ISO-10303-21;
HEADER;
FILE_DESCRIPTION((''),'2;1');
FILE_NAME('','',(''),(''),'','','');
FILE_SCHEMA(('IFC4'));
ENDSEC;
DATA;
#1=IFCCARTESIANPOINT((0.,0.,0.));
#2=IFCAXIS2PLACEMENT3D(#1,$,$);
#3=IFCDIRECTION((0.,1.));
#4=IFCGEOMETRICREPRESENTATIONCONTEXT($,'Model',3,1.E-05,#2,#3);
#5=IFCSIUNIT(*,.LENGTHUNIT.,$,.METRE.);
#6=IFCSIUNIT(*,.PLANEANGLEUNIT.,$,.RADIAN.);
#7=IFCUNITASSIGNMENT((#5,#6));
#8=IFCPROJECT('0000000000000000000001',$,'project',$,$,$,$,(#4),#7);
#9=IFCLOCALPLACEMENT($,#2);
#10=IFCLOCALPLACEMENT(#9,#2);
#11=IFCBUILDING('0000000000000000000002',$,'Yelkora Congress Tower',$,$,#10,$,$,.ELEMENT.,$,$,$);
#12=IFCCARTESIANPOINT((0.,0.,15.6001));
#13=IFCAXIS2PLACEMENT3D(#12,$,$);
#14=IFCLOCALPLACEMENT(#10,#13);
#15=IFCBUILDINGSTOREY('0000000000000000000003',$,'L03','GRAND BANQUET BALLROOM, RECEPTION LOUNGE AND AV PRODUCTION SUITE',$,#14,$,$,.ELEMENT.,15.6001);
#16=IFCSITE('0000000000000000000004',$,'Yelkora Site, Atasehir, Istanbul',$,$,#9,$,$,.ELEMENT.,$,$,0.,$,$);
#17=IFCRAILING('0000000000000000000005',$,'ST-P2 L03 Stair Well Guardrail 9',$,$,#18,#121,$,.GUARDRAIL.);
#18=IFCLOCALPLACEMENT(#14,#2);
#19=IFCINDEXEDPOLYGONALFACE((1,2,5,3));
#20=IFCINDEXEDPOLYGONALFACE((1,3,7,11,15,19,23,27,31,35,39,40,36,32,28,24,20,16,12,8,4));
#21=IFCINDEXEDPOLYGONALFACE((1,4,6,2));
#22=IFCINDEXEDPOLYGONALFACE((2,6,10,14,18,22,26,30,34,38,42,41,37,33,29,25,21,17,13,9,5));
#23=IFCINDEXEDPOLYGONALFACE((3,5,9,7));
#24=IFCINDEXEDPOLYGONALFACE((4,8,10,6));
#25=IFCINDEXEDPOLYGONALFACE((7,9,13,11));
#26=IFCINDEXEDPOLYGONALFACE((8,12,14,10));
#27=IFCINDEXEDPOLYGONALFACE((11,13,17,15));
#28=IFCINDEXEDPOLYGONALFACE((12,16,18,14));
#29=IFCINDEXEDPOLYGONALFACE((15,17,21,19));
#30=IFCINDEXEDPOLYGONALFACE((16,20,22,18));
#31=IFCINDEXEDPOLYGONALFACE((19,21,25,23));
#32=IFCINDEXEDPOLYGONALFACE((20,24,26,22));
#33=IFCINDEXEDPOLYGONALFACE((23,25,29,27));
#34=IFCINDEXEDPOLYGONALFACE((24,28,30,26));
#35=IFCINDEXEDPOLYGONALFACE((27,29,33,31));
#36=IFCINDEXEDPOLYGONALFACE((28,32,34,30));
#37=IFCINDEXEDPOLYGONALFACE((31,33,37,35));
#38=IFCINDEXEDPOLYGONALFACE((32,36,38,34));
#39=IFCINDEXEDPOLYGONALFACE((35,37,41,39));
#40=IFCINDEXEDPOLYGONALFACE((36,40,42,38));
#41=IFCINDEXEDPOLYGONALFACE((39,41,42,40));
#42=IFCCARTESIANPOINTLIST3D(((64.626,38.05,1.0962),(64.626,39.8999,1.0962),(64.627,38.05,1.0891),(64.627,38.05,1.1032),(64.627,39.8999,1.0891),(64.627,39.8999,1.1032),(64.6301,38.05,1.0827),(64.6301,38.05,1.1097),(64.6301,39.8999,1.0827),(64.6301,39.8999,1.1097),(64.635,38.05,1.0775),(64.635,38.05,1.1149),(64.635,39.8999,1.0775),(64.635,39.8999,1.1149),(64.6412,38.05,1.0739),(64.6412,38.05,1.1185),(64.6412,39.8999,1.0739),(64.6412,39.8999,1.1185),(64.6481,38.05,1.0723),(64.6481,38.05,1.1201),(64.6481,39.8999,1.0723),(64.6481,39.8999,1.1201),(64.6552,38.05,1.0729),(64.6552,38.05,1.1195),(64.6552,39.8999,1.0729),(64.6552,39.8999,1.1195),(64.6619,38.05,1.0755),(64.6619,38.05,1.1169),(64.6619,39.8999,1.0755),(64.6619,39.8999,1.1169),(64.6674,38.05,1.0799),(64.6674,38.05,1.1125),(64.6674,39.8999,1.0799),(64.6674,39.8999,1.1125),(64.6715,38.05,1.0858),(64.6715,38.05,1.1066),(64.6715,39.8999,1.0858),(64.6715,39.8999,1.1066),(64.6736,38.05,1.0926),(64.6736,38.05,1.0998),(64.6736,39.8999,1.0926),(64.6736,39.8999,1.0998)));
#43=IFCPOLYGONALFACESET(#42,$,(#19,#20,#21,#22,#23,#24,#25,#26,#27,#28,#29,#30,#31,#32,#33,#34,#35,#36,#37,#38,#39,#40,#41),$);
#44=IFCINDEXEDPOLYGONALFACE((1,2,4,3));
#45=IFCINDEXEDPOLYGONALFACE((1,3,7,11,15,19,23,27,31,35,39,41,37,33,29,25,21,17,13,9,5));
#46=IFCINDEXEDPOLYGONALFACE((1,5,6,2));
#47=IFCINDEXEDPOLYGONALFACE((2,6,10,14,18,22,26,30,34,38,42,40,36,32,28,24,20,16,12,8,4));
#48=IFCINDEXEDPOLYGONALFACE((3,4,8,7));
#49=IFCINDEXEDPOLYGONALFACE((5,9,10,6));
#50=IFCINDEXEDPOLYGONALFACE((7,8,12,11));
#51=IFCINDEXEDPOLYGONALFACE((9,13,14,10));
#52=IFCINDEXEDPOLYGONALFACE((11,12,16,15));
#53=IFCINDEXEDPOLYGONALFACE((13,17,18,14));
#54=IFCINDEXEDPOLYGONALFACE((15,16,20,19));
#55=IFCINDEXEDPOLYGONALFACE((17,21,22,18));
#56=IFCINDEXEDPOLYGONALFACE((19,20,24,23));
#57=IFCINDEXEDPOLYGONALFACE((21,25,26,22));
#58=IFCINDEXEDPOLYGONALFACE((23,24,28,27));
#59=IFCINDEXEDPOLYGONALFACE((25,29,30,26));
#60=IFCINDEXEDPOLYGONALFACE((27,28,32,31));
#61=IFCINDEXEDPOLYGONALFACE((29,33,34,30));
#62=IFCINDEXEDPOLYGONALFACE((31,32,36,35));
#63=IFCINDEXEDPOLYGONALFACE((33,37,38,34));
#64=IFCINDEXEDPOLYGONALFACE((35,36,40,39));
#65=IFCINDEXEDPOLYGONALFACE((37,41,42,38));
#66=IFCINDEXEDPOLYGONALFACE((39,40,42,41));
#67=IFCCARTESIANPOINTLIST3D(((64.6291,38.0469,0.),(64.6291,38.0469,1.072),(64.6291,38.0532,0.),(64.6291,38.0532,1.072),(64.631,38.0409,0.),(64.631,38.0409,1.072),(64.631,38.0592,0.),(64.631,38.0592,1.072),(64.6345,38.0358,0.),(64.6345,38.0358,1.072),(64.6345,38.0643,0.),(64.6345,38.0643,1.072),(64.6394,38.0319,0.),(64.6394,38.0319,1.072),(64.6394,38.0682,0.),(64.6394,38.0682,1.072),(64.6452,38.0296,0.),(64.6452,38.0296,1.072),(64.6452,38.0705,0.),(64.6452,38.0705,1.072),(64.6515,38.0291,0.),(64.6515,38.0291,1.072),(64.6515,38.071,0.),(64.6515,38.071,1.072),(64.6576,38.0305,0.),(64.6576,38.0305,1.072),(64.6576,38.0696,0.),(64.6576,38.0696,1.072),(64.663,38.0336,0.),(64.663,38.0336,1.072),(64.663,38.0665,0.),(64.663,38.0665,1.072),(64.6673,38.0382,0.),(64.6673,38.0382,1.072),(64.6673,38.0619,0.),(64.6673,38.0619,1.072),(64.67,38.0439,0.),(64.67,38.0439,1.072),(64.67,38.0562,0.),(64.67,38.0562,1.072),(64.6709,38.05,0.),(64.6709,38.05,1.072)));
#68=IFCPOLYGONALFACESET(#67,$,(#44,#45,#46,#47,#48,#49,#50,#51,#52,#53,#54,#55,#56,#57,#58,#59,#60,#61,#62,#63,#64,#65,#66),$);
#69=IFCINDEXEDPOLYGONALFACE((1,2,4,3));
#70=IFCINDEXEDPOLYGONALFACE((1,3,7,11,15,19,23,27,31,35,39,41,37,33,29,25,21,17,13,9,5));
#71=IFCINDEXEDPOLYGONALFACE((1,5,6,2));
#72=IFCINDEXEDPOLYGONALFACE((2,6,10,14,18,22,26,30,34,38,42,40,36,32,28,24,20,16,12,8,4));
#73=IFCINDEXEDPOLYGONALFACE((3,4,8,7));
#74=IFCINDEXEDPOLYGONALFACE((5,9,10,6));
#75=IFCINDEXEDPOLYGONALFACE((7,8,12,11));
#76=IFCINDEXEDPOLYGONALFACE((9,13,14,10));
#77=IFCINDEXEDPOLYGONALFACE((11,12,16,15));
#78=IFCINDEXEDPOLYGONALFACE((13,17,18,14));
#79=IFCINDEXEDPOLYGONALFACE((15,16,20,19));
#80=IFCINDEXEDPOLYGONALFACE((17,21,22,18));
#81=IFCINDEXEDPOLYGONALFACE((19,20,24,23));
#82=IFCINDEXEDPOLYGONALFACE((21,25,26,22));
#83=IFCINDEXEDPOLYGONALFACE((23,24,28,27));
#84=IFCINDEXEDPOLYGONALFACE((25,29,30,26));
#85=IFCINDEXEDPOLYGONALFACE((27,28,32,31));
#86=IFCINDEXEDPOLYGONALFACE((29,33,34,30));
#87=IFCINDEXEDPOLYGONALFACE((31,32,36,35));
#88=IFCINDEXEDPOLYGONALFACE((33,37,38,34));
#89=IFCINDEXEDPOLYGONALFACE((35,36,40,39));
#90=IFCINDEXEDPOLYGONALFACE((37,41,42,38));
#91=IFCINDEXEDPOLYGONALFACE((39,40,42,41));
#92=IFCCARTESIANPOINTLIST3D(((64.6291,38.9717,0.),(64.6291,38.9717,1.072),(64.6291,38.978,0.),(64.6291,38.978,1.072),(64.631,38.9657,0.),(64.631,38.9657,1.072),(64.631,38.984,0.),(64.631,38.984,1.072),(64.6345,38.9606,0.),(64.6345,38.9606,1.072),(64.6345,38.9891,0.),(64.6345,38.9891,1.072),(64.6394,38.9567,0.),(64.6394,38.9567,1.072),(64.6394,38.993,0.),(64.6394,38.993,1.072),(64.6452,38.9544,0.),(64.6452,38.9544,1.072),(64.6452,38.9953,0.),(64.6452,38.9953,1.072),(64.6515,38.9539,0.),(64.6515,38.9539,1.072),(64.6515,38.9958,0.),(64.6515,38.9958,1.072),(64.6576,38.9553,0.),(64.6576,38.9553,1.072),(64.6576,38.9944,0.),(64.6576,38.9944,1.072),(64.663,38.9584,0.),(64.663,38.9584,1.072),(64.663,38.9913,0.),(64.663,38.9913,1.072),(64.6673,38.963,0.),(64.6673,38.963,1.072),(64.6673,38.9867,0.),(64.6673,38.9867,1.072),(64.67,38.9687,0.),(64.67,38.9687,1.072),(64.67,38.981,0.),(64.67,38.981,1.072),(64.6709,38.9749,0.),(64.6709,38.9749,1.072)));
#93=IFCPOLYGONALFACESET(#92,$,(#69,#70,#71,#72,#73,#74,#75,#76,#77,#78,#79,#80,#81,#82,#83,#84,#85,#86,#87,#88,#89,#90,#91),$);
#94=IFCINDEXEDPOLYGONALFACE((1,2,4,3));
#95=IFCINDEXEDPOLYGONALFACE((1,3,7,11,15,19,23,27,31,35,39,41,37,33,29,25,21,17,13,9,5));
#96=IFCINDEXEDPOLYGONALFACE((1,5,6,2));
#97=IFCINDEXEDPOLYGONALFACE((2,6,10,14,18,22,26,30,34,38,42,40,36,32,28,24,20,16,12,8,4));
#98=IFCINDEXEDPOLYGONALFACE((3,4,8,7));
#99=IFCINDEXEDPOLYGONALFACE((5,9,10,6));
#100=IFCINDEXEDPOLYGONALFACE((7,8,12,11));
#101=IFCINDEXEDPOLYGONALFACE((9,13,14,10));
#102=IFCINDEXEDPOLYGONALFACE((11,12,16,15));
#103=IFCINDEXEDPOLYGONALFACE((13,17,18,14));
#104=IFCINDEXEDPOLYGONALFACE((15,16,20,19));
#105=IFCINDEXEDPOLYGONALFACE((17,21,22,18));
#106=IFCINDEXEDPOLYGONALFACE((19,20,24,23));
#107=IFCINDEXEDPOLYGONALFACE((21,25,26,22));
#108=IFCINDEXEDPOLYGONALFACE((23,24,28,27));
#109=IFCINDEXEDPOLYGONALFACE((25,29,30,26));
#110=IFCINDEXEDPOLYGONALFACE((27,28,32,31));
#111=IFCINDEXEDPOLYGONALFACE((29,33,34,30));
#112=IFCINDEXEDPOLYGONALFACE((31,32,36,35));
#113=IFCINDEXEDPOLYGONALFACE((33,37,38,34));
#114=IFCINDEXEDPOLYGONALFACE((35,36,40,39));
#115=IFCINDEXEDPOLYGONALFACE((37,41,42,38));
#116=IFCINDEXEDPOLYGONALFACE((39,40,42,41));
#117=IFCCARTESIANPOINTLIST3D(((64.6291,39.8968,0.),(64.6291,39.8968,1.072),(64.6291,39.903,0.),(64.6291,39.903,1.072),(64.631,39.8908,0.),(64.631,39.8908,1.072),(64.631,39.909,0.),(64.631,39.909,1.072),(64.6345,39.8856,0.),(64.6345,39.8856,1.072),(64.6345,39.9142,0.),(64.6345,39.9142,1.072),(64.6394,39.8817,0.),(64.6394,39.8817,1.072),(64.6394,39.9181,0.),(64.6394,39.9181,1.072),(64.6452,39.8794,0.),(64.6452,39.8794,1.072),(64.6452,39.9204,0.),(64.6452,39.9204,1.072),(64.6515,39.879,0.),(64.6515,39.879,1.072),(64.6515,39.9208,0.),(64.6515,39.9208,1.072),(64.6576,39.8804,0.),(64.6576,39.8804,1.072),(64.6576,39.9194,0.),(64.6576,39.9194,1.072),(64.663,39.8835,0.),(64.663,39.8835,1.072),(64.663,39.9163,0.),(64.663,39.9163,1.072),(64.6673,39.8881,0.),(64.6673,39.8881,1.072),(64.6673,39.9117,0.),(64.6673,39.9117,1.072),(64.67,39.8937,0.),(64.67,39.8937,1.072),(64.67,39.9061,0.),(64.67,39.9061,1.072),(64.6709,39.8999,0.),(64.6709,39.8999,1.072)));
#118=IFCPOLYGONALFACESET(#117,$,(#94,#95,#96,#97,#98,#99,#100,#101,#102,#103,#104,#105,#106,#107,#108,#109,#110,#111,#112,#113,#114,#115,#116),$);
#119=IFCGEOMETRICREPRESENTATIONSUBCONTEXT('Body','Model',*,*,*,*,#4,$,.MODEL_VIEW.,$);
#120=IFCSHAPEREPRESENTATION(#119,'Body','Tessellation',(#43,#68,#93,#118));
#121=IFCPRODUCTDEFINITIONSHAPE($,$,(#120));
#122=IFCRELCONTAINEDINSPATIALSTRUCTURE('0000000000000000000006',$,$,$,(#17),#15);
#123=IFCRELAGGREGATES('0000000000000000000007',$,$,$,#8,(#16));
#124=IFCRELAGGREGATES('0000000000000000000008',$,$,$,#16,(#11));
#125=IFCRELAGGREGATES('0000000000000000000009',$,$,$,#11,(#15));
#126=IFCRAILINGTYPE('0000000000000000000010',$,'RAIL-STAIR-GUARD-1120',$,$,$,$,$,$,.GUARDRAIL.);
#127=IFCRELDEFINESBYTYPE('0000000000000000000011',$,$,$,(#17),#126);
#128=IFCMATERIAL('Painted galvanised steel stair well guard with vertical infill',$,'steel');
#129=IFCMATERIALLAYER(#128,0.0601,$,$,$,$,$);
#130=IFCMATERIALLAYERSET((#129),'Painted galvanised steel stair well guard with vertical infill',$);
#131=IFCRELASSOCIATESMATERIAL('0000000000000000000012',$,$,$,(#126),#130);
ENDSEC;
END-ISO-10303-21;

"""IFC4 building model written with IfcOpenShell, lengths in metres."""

from ifc_helpers import new_model, si_unit, direction, frame, origin, origin_2d, place, context, subcontext, project, spatial, circle, extrude, material, layer, layer_set, type_object, element, save


model = new_model("IFC4")

# Units and contexts
model_context = context("Model", 3, precision=1e-05, world=origin(), true_north=direction((0.0, 1.0)))
body_context = subcontext(model_context, "Body", "Model", "MODEL_VIEW")
ifc_project = project(units=[si_unit("LENGTHUNIT", "METRE"), si_unit("PLANEANGLEUNIT", "RADIAN")], contexts=[model_context])

# Site, building, storey
site_placement = place(None, origin())
site = spatial("IfcSite", under=ifc_project, at=site_placement, Name="Yelkora Site, Atasehir, Istanbul", CompositionType="ELEMENT", RefElevation=0.0)
building_placement = place(site_placement, origin())
building = spatial("IfcBuilding", under=site, at=building_placement, Name="Yelkora Congress Tower", CompositionType="ELEMENT")
storey_placement = place(building_placement, frame((0.0, 0.0, 15.6001)))
storey = spatial("IfcBuildingStorey", under=building, at=storey_placement, Name="L03", Description="GRAND BANQUET BALLROOM, RECEPTION LOUNGE AND AV PRODUCTION SUITE", CompositionType="ELEMENT", Elevation=15.6001)

# Railing
ifc_material_1 = material(Name="Painted galvanised steel stair well guard with vertical infill", Category="steel")
ifc_layer_1 = layer(ifc_material_1, 0.0601)
ifc_layer_set_1 = layer_set([ifc_layer_1], Name="Painted galvanised steel stair well guard with vertical infill")
railing_type = type_object("IfcRailingType", Name="RAIL-STAIR-GUARD-1120", PredefinedType="GUARDRAIL", material=ifc_layer_set_1)
for number, where, name in (
    (1, (64.6499, 38.05, 0.0), "ST-P2 L03 Stair Well Guardrail 9"),
):
    element("IfcRailing", number, at=place(storey_placement, frame(where)), inside=storey, type_object=railing_type, Name=name, PredefinedType="GUARDRAIL", context=body_context, shape_type="SweptSolid", body=[
        extrude(circle(Radius=0.0239, at=origin_2d()), frame((0.0, 0.0, 1.0962), z_axis=(0.0, 1.0, 0.0), x_axis=(-1.0, 0.0, 0.0)), (0.0, 0.0, 1.0), 1.8499),
        extrude(circle(Radius=0.021, at=origin_2d()), origin(), (0.0, 0.0, 1.0), 1.072),
        extrude(circle(Radius=0.021, at=origin_2d()), frame((0.0, 0.9248, 0.0)), (0.0, 0.0, 1.0), 1.072),
        extrude(circle(Radius=0.021, at=origin_2d()), frame((0.0, 1.8499, 0.0)), (0.0, 0.0, 1.0), 1.072),
    ])

save(model, "model.ifc")
